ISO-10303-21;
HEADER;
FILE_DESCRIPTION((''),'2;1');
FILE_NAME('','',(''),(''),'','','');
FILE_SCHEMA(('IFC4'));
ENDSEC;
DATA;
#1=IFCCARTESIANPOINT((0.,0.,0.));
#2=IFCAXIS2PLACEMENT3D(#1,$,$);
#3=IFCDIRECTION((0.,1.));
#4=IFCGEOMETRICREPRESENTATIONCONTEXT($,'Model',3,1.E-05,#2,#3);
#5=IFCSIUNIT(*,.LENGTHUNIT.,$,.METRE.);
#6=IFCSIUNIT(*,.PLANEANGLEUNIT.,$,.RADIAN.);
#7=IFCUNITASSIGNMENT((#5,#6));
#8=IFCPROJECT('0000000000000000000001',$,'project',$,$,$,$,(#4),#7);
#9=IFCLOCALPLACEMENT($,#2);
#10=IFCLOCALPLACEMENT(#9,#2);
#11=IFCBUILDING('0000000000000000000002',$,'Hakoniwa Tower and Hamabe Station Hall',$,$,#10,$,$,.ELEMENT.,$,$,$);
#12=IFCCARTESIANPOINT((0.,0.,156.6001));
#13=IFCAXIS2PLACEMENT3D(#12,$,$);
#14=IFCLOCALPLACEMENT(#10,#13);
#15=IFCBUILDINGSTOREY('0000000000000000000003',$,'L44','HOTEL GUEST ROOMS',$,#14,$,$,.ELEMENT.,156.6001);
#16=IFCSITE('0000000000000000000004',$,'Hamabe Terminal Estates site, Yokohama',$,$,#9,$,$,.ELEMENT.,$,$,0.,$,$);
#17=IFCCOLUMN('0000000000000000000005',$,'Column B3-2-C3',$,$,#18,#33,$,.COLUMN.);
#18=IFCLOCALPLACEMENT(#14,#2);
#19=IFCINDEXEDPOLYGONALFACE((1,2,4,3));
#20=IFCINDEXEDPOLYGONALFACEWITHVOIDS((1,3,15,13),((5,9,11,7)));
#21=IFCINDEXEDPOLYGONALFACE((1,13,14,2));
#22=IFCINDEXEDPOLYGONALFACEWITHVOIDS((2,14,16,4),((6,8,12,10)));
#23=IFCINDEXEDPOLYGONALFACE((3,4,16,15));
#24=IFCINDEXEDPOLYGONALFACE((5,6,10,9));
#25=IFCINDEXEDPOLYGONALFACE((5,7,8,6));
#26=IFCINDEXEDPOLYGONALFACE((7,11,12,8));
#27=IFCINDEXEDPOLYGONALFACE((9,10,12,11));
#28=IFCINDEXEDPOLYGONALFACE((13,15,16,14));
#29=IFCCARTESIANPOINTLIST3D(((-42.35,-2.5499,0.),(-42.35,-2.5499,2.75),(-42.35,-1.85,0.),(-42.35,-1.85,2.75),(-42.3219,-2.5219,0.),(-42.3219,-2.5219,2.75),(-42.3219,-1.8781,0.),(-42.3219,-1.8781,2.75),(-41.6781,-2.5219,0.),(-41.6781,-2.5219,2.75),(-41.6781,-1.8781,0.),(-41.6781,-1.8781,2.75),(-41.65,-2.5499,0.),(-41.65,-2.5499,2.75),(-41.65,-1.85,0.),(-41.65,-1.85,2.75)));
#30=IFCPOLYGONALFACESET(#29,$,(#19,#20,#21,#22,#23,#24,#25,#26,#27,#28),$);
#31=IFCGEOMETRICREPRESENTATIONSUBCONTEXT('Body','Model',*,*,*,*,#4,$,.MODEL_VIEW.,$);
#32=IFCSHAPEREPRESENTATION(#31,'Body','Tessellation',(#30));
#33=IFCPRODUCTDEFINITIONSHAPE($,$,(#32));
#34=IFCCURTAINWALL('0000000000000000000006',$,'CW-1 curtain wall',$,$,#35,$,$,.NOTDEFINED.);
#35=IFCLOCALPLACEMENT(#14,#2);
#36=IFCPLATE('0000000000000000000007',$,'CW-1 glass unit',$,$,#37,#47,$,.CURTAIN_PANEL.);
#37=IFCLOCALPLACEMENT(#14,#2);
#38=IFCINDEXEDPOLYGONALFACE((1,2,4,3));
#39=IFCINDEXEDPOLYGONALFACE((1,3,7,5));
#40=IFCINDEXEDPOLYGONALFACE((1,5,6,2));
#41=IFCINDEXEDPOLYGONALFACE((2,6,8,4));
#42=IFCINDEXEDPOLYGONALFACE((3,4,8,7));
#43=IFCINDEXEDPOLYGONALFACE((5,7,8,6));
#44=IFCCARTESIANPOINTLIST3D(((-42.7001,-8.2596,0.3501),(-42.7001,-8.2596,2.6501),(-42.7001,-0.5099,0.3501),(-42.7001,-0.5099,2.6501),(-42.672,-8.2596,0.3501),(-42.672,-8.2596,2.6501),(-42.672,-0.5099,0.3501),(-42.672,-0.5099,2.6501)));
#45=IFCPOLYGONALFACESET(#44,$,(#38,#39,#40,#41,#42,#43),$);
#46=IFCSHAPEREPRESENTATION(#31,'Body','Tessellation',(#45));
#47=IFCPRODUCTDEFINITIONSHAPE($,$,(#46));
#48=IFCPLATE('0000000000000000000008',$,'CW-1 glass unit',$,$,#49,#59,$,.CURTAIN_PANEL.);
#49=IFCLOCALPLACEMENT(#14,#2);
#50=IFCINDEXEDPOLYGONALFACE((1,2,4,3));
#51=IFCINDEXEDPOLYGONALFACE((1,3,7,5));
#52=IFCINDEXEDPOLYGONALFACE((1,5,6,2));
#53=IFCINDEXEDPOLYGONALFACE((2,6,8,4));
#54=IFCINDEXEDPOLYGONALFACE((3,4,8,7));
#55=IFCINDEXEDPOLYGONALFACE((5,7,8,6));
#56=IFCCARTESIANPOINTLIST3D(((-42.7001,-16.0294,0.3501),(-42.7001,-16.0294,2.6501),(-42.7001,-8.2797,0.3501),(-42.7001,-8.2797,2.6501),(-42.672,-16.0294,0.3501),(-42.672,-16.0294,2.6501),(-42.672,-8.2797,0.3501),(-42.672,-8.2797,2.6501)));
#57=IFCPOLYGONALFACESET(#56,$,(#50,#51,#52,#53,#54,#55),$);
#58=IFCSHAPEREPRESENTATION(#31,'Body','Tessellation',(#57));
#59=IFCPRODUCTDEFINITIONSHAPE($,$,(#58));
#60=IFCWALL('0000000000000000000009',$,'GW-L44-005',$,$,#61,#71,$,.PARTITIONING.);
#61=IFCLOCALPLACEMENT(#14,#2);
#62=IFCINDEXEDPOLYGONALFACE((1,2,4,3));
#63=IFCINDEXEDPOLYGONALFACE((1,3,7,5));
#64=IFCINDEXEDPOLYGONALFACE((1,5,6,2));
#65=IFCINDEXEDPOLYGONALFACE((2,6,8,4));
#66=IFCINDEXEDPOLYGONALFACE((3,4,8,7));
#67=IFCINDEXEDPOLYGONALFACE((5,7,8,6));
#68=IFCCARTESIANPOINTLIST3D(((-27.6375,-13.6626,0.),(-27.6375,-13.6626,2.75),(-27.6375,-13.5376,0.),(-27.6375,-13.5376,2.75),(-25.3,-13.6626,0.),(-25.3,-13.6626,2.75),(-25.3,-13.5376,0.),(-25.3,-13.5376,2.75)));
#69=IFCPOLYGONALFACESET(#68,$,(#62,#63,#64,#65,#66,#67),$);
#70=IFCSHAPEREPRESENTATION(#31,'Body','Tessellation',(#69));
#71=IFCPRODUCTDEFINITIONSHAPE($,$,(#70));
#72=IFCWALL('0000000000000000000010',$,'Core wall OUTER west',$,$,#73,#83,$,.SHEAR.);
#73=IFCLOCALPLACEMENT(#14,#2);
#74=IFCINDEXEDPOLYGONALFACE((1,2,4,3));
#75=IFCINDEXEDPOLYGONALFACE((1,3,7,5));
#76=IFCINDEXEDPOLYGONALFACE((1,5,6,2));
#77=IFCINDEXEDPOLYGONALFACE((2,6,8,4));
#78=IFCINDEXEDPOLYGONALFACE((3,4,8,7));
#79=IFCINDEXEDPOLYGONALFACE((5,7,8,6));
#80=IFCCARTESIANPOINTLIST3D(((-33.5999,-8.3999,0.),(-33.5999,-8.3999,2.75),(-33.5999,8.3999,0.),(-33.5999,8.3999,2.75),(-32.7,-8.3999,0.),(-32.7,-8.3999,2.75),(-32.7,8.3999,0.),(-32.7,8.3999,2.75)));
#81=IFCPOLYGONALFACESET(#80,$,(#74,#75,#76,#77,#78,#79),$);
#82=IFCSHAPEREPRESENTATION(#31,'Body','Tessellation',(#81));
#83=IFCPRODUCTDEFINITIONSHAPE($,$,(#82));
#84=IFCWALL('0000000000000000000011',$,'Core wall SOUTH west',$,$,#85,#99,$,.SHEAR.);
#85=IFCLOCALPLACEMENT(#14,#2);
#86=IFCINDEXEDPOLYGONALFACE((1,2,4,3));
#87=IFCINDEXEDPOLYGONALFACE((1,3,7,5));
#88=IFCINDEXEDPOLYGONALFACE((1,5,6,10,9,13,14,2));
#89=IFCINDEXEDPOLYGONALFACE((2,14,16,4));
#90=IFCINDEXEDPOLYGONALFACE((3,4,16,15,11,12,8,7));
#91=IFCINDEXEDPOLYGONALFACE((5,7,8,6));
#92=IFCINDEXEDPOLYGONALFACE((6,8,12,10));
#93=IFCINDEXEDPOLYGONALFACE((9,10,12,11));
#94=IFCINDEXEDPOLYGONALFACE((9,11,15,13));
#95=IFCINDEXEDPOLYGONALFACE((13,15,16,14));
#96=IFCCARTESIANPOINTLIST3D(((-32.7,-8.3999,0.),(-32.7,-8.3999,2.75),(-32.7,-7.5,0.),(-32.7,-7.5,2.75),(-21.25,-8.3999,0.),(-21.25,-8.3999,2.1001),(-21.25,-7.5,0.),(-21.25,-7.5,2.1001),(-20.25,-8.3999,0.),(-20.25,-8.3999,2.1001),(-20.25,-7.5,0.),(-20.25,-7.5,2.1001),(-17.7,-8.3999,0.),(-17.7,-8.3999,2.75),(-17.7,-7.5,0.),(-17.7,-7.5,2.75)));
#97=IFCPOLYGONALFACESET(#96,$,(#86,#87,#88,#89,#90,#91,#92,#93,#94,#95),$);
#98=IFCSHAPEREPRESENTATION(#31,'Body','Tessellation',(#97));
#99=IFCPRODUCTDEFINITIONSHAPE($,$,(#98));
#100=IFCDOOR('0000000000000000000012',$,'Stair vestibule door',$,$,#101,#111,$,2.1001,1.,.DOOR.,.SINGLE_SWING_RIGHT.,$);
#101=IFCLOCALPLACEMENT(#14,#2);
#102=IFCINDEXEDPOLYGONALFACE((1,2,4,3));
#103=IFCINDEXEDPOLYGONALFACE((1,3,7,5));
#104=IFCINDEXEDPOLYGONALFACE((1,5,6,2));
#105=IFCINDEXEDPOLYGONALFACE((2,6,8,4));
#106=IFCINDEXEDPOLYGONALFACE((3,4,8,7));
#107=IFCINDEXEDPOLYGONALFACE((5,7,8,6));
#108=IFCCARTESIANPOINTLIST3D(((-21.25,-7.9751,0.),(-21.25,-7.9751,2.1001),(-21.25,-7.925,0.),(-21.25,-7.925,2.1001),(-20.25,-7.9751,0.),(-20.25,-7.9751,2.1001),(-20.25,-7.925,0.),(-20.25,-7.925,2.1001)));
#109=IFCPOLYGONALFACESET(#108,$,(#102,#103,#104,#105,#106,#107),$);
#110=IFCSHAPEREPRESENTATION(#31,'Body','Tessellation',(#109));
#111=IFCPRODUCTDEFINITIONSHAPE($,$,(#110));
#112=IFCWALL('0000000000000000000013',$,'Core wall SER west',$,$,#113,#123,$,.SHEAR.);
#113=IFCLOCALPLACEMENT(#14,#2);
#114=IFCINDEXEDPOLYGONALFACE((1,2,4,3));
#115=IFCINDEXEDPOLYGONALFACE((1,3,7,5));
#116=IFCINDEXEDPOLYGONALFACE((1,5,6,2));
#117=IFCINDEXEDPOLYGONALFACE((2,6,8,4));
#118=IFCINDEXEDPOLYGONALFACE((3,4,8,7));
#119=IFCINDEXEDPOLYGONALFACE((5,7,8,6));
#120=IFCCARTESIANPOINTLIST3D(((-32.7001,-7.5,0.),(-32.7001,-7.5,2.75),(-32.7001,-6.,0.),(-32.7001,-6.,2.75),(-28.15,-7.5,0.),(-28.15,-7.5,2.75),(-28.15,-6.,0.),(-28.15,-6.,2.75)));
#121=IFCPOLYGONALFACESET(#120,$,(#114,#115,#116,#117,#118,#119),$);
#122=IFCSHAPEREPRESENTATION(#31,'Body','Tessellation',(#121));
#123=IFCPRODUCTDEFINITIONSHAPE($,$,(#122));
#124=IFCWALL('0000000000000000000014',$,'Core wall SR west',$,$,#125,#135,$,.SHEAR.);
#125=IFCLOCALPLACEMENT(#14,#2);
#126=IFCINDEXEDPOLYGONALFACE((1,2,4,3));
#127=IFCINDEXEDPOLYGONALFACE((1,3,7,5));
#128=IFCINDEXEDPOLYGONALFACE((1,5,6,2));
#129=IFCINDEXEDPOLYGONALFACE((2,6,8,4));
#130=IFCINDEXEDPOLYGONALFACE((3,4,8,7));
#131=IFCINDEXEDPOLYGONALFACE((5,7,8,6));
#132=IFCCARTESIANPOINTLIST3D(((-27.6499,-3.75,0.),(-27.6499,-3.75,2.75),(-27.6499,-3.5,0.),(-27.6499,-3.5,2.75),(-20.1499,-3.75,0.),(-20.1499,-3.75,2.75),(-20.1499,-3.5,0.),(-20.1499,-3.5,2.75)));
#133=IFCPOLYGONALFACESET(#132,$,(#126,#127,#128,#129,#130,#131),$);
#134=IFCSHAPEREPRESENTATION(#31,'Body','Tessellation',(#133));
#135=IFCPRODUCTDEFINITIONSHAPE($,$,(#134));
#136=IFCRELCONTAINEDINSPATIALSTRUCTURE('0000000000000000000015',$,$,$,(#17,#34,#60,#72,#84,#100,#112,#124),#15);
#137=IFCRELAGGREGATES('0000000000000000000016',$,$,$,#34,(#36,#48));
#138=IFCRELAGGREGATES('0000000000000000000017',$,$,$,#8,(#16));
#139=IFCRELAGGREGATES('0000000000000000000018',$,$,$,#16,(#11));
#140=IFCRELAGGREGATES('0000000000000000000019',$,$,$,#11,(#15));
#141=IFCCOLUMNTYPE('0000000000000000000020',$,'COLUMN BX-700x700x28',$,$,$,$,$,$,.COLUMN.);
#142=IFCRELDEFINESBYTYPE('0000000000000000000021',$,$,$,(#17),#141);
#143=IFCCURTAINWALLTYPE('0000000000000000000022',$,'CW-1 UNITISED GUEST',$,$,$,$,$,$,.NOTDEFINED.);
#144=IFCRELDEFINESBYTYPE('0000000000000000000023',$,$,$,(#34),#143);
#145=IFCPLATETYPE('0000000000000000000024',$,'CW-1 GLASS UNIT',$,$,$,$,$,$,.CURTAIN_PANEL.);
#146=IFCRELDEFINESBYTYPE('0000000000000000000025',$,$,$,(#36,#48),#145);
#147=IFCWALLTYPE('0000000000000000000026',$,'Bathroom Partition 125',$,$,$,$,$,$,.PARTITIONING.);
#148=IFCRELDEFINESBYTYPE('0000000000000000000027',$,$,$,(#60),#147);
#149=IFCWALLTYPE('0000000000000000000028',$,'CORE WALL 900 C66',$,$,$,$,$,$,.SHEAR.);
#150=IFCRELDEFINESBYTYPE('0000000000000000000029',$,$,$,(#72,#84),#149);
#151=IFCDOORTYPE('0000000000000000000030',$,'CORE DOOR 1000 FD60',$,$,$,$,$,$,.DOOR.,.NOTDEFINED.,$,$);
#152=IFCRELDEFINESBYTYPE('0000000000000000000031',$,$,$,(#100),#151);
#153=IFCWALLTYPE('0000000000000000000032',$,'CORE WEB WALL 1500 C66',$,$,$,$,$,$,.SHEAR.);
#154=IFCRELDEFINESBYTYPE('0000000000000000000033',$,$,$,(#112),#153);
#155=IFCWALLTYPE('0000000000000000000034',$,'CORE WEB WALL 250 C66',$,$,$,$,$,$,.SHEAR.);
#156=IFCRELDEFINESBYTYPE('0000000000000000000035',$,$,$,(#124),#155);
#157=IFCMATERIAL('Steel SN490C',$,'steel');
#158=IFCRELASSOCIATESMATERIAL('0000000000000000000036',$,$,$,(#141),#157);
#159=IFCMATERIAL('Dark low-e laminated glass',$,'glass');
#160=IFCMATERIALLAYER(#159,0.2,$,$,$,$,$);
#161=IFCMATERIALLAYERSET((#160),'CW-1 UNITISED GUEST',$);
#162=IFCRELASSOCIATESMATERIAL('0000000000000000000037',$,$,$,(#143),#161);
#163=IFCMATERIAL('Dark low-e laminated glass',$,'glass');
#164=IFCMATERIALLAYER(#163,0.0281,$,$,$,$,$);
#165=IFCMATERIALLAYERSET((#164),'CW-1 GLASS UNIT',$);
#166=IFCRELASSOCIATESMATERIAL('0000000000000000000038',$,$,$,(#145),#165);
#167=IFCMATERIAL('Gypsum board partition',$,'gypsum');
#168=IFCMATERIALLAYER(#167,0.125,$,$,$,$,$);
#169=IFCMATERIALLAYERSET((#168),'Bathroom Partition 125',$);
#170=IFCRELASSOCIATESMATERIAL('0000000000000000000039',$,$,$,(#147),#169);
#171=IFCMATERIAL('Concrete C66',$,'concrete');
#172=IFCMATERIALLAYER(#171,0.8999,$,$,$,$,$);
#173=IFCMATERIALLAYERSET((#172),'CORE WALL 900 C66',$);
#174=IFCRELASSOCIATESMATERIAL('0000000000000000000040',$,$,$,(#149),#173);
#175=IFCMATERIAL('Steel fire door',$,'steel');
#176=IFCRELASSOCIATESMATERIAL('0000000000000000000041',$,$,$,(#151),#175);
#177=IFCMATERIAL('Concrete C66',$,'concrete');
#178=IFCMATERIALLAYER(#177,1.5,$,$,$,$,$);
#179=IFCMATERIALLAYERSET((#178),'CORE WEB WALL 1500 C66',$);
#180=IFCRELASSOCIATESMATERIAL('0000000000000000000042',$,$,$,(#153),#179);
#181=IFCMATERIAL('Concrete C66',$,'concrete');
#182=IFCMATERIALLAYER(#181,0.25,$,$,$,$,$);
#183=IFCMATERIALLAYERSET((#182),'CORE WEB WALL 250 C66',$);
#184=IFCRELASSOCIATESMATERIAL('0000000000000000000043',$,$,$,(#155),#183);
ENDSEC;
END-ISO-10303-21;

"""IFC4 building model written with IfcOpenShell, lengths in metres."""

from ifc_helpers import new_model, si_unit, direction, frame, frame_2d, origin, origin_2d, place, context, subcontext, project, spatial, rectangle, hollow_rectangle, extrude, material, layer, layer_set, material_profile, profile_set, type_object, element, fill, aggregate, save


model = new_model("IFC4")

# Units and contexts
model_context = context("Model", 3, precision=1e-05, world=origin(), true_north=direction((0.0, 1.0)))
body_context = subcontext(model_context, "Body", "Model", "MODEL_VIEW")
ifc_project = project(units=[si_unit("LENGTHUNIT", "METRE"), si_unit("PLANEANGLEUNIT", "RADIAN")], contexts=[model_context])

# Site, building, storey
site_placement = place(None, origin())
site = spatial("IfcSite", under=ifc_project, at=site_placement, Name="Hamabe Terminal Estates site, Yokohama", CompositionType="ELEMENT", RefElevation=0.0)
building_placement = place(site_placement, origin())
building = spatial("IfcBuilding", under=site, at=building_placement, Name="Hakoniwa Tower and Hamabe Station Hall", CompositionType="ELEMENT")
storey_placement = place(building_placement, frame((0.0, 0.0, 156.6001)))
storey = spatial("IfcBuildingStorey", under=building, at=storey_placement, Name="L44", Description="HOTEL GUEST ROOMS", CompositionType="ELEMENT", Elevation=156.6001)

# Column
ifc_material_1 = material(Name="Steel SN490C", Category="steel")
ifc_material_profile = material_profile(ifc_material_1, hollow_rectangle(XDim=0.7, YDim=0.7, WallThickness=0.0281, at=origin_2d()), Name="BX-700x700x28")
ifc_profile_set = profile_set([ifc_material_profile], Name="Steel SN490C")
column_type = type_object("IfcColumnType", Name="COLUMN BX-700x700x28", PredefinedType="COLUMN", material=ifc_profile_set)
column_placement = place(storey_placement, frame((-42.0, -2.2, 0.0), z_axis=(0.0, 0.0, 1.0), x_axis=(1.0, 0.0, 0.0)))
element("IfcColumn", 1, at=column_placement, inside=storey, type_object=column_type, Name="Column B3-2-C3", PredefinedType="COLUMN", context=body_context, shape_type="SweptSolid", body=[
    extrude(hollow_rectangle(XDim=0.7, YDim=0.7, WallThickness=0.0281, at=origin_2d()), origin(), (0.0, 0.0, 1.0), 2.75),
])

# Curtain wall, plates
ifc_material_2 = material(Name="Dark low-e laminated glass", Category="glass")
ifc_layer_1 = layer(ifc_material_2, 0.2)
ifc_layer_set_1 = layer_set([ifc_layer_1], Name="CW-1 UNITISED GUEST")
curtain_wall_type = type_object("IfcCurtainWallType", Name="CW-1 UNITISED GUEST", PredefinedType="NOTDEFINED", material=ifc_layer_set_1)
curtain_wall_placement = place(storey_placement, origin())
curtain_wall = element("IfcCurtainWall", 2, at=curtain_wall_placement, inside=storey, type_object=curtain_wall_type, Name="CW-1 curtain wall", PredefinedType="NOTDEFINED")
ifc_material_3 = material(Name="Dark low-e laminated glass", Category="glass")
ifc_layer_2 = layer(ifc_material_3, 0.0281)
ifc_layer_set_2 = layer_set([ifc_layer_2], Name="CW-1 GLASS UNIT")
plate_type = type_object("IfcPlateType", Name="CW-1 GLASS UNIT", PredefinedType="CURTAIN_PANEL", material=ifc_layer_set_2)
plate_1_placement = place(storey_placement, frame((-42.686, -4.3848, 0.3501), z_axis=(0.0, 0.0, 1.0), x_axis=(0.0, -1.0, 0.0)))
plate_1 = element("IfcPlate", 3, at=plate_1_placement, type_object=plate_type, Name="CW-1 glass unit", PredefinedType="CURTAIN_PANEL", context=body_context, shape_type="SweptSolid", body=[
    extrude(rectangle(XDim=7.7498, YDim=0.0281, at=origin_2d()), origin(), (0.0, 0.0, 1.0), 2.3),
])
plate_2_placement = place(storey_placement, frame((-42.686, -12.1545, 0.3501), z_axis=(0.0, 0.0, 1.0), x_axis=(0.0, -1.0, 0.0)))
plate_2 = element("IfcPlate", 4, at=plate_2_placement, type_object=plate_type, Name="CW-1 glass unit", PredefinedType="CURTAIN_PANEL", context=body_context, shape_type="SweptSolid", body=[
    extrude(rectangle(XDim=7.7498, YDim=0.0281, at=origin_2d()), origin(), (0.0, 0.0, 1.0), 2.3),
])
aggregate(curtain_wall, [plate_1, plate_2])

# Walls
ifc_material_4 = material(Name="Gypsum board partition", Category="gypsum")
ifc_layer_3 = layer(ifc_material_4, 0.125)
ifc_layer_set_3 = layer_set([ifc_layer_3], Name="Bathroom Partition 125")
wall_type_1 = type_object("IfcWallType", Name="Bathroom Partition 125", PredefinedType="PARTITIONING", material=ifc_layer_set_3)
wall_1_placement = place(storey_placement, frame((-27.6375, -13.6001, 0.0), z_axis=(0.0, 0.0, 1.0), x_axis=(1.0, 0.0, 0.0)))
element("IfcWall", 5, at=wall_1_placement, inside=storey, type_object=wall_type_1, Name="GW-L44-005", PredefinedType="PARTITIONING", context=body_context, shape_type="SweptSolid", body=[
    extrude(rectangle(XDim=2.3374, YDim=0.125, at=frame_2d((1.1687, 0.0))), origin(), (0.0, 0.0, 1.0), 2.75),
])
ifc_material_5 = material(Name="Concrete C66", Category="concrete")
ifc_layer_4 = layer(ifc_material_5, 0.8999)
ifc_layer_set_4 = layer_set([ifc_layer_4], Name="CORE WALL 900 C66")
wall_type_2 = type_object("IfcWallType", Name="CORE WALL 900 C66", PredefinedType="SHEAR", material=ifc_layer_set_4)
wall_2_placement = place(storey_placement, frame((-33.1499, -8.3999, 0.0), z_axis=(0.0, 0.0, 1.0), x_axis=(0.0, 1.0, 0.0)))
element("IfcWall", 6, at=wall_2_placement, inside=storey, type_object=wall_type_2, Name="Core wall OUTER west", PredefinedType="SHEAR", context=body_context, shape_type="SweptSolid", body=[
    extrude(rectangle(XDim=16.7998, YDim=0.8999, at=frame_2d((8.3999, 0.0))), origin(), (0.0, 0.0, 1.0), 2.75),
])

# Wall, opening, door
wall_3_placement = place(storey_placement, frame((-32.7, -7.95, 0.0), z_axis=(0.0, 0.0, 1.0), x_axis=(1.0, 0.0, 0.0)))
wall_3 = element("IfcWall", 7, at=wall_3_placement, inside=storey, type_object=wall_type_2, Name="Core wall SOUTH west", PredefinedType="SHEAR", context=body_context, shape_type="SweptSolid", body=[
    extrude(rectangle(XDim=15.0, YDim=0.8999, at=frame_2d((7.5, 0.0))), origin(), (0.0, 0.0, 1.0), 2.75),
])
opening_1_placement = place(wall_3_placement, frame((11.45, 0.0, 0.0)))
opening_1 = element("IfcOpeningElement", 8, at=opening_1_placement, cuts=wall_3, PredefinedType="OPENING", context=body_context, shape_type="SweptSolid", body=[
    extrude(rectangle(XDim=1.0, YDim=2.1001, at=frame_2d((0.5, 1.05))), frame((0.0, 0.46, 0.0), z_axis=(0.0, -1.0, 0.0), x_axis=(1.0, 0.0, 0.0)), (0.0, 0.0, 1.0), 0.9199),
])
ifc_material_6 = material(Name="Steel fire door", Category="steel")
door_type_1 = type_object("IfcDoorType", Name="CORE DOOR 1000 FD60", OperationType="NOTDEFINED", PredefinedType="DOOR", material=ifc_material_6)
door_1_placement = place(opening_1_placement, origin())
door_1 = element("IfcDoor", 9, at=door_1_placement, inside=storey, type_object=door_type_1, Name="Stair vestibule door", OperationType="SINGLE_SWING_RIGHT", OverallHeight=2.1001, OverallWidth=1.0, PredefinedType="DOOR", context=body_context, shape_type="SweptSolid", body=[
    extrude(rectangle(XDim=1.0, YDim=2.1001, at=frame_2d((0.5, 1.05))), frame((0.0, 0.0249, 0.0), z_axis=(0.0, -1.0, 0.0), x_axis=(1.0, 0.0, 0.0)), (0.0, 0.0, 1.0), 0.05),
])
fill(opening_1, door_1)

# Walls
ifc_material_7 = material(Name="Concrete C66", Category="concrete")
ifc_layer_5 = layer(ifc_material_7, 1.5)
ifc_layer_set_5 = layer_set([ifc_layer_5], Name="CORE WEB WALL 1500 C66")
wall_type_3 = type_object("IfcWallType", Name="CORE WEB WALL 1500 C66", PredefinedType="SHEAR", material=ifc_layer_set_5)
wall_4_placement = place(storey_placement, frame((-32.7, -6.75, 0.0), z_axis=(0.0, 0.0, 1.0), x_axis=(1.0, 0.0, 0.0)))
element("IfcWall", 10, at=wall_4_placement, inside=storey, type_object=wall_type_3, Name="Core wall SER west", PredefinedType="SHEAR", context=body_context, shape_type="SweptSolid", body=[
    extrude(rectangle(XDim=4.55, YDim=1.5, at=frame_2d((2.2749, 0.0))), origin(), (0.0, 0.0, 1.0), 2.75),
])
ifc_material_8 = material(Name="Concrete C66", Category="concrete")
ifc_layer_6 = layer(ifc_material_8, 0.25)
ifc_layer_set_6 = layer_set([ifc_layer_6], Name="CORE WEB WALL 250 C66")
wall_type_4 = type_object("IfcWallType", Name="CORE WEB WALL 250 C66", PredefinedType="SHEAR", material=ifc_layer_set_6)
wall_5_placement = place(storey_placement, frame((-27.6499, -3.625, 0.0), z_axis=(0.0, 0.0, 1.0), x_axis=(1.0, 0.0, 0.0)))
element("IfcWall", 11, at=wall_5_placement, inside=storey, type_object=wall_type_4, Name="Core wall SR west", PredefinedType="SHEAR", context=body_context, shape_type="SweptSolid", body=[
    extrude(rectangle(XDim=7.5, YDim=0.25, at=frame_2d((3.75, 0.0))), origin(), (0.0, 0.0, 1.0), 2.75),
])

save(model, "model.ifc")
